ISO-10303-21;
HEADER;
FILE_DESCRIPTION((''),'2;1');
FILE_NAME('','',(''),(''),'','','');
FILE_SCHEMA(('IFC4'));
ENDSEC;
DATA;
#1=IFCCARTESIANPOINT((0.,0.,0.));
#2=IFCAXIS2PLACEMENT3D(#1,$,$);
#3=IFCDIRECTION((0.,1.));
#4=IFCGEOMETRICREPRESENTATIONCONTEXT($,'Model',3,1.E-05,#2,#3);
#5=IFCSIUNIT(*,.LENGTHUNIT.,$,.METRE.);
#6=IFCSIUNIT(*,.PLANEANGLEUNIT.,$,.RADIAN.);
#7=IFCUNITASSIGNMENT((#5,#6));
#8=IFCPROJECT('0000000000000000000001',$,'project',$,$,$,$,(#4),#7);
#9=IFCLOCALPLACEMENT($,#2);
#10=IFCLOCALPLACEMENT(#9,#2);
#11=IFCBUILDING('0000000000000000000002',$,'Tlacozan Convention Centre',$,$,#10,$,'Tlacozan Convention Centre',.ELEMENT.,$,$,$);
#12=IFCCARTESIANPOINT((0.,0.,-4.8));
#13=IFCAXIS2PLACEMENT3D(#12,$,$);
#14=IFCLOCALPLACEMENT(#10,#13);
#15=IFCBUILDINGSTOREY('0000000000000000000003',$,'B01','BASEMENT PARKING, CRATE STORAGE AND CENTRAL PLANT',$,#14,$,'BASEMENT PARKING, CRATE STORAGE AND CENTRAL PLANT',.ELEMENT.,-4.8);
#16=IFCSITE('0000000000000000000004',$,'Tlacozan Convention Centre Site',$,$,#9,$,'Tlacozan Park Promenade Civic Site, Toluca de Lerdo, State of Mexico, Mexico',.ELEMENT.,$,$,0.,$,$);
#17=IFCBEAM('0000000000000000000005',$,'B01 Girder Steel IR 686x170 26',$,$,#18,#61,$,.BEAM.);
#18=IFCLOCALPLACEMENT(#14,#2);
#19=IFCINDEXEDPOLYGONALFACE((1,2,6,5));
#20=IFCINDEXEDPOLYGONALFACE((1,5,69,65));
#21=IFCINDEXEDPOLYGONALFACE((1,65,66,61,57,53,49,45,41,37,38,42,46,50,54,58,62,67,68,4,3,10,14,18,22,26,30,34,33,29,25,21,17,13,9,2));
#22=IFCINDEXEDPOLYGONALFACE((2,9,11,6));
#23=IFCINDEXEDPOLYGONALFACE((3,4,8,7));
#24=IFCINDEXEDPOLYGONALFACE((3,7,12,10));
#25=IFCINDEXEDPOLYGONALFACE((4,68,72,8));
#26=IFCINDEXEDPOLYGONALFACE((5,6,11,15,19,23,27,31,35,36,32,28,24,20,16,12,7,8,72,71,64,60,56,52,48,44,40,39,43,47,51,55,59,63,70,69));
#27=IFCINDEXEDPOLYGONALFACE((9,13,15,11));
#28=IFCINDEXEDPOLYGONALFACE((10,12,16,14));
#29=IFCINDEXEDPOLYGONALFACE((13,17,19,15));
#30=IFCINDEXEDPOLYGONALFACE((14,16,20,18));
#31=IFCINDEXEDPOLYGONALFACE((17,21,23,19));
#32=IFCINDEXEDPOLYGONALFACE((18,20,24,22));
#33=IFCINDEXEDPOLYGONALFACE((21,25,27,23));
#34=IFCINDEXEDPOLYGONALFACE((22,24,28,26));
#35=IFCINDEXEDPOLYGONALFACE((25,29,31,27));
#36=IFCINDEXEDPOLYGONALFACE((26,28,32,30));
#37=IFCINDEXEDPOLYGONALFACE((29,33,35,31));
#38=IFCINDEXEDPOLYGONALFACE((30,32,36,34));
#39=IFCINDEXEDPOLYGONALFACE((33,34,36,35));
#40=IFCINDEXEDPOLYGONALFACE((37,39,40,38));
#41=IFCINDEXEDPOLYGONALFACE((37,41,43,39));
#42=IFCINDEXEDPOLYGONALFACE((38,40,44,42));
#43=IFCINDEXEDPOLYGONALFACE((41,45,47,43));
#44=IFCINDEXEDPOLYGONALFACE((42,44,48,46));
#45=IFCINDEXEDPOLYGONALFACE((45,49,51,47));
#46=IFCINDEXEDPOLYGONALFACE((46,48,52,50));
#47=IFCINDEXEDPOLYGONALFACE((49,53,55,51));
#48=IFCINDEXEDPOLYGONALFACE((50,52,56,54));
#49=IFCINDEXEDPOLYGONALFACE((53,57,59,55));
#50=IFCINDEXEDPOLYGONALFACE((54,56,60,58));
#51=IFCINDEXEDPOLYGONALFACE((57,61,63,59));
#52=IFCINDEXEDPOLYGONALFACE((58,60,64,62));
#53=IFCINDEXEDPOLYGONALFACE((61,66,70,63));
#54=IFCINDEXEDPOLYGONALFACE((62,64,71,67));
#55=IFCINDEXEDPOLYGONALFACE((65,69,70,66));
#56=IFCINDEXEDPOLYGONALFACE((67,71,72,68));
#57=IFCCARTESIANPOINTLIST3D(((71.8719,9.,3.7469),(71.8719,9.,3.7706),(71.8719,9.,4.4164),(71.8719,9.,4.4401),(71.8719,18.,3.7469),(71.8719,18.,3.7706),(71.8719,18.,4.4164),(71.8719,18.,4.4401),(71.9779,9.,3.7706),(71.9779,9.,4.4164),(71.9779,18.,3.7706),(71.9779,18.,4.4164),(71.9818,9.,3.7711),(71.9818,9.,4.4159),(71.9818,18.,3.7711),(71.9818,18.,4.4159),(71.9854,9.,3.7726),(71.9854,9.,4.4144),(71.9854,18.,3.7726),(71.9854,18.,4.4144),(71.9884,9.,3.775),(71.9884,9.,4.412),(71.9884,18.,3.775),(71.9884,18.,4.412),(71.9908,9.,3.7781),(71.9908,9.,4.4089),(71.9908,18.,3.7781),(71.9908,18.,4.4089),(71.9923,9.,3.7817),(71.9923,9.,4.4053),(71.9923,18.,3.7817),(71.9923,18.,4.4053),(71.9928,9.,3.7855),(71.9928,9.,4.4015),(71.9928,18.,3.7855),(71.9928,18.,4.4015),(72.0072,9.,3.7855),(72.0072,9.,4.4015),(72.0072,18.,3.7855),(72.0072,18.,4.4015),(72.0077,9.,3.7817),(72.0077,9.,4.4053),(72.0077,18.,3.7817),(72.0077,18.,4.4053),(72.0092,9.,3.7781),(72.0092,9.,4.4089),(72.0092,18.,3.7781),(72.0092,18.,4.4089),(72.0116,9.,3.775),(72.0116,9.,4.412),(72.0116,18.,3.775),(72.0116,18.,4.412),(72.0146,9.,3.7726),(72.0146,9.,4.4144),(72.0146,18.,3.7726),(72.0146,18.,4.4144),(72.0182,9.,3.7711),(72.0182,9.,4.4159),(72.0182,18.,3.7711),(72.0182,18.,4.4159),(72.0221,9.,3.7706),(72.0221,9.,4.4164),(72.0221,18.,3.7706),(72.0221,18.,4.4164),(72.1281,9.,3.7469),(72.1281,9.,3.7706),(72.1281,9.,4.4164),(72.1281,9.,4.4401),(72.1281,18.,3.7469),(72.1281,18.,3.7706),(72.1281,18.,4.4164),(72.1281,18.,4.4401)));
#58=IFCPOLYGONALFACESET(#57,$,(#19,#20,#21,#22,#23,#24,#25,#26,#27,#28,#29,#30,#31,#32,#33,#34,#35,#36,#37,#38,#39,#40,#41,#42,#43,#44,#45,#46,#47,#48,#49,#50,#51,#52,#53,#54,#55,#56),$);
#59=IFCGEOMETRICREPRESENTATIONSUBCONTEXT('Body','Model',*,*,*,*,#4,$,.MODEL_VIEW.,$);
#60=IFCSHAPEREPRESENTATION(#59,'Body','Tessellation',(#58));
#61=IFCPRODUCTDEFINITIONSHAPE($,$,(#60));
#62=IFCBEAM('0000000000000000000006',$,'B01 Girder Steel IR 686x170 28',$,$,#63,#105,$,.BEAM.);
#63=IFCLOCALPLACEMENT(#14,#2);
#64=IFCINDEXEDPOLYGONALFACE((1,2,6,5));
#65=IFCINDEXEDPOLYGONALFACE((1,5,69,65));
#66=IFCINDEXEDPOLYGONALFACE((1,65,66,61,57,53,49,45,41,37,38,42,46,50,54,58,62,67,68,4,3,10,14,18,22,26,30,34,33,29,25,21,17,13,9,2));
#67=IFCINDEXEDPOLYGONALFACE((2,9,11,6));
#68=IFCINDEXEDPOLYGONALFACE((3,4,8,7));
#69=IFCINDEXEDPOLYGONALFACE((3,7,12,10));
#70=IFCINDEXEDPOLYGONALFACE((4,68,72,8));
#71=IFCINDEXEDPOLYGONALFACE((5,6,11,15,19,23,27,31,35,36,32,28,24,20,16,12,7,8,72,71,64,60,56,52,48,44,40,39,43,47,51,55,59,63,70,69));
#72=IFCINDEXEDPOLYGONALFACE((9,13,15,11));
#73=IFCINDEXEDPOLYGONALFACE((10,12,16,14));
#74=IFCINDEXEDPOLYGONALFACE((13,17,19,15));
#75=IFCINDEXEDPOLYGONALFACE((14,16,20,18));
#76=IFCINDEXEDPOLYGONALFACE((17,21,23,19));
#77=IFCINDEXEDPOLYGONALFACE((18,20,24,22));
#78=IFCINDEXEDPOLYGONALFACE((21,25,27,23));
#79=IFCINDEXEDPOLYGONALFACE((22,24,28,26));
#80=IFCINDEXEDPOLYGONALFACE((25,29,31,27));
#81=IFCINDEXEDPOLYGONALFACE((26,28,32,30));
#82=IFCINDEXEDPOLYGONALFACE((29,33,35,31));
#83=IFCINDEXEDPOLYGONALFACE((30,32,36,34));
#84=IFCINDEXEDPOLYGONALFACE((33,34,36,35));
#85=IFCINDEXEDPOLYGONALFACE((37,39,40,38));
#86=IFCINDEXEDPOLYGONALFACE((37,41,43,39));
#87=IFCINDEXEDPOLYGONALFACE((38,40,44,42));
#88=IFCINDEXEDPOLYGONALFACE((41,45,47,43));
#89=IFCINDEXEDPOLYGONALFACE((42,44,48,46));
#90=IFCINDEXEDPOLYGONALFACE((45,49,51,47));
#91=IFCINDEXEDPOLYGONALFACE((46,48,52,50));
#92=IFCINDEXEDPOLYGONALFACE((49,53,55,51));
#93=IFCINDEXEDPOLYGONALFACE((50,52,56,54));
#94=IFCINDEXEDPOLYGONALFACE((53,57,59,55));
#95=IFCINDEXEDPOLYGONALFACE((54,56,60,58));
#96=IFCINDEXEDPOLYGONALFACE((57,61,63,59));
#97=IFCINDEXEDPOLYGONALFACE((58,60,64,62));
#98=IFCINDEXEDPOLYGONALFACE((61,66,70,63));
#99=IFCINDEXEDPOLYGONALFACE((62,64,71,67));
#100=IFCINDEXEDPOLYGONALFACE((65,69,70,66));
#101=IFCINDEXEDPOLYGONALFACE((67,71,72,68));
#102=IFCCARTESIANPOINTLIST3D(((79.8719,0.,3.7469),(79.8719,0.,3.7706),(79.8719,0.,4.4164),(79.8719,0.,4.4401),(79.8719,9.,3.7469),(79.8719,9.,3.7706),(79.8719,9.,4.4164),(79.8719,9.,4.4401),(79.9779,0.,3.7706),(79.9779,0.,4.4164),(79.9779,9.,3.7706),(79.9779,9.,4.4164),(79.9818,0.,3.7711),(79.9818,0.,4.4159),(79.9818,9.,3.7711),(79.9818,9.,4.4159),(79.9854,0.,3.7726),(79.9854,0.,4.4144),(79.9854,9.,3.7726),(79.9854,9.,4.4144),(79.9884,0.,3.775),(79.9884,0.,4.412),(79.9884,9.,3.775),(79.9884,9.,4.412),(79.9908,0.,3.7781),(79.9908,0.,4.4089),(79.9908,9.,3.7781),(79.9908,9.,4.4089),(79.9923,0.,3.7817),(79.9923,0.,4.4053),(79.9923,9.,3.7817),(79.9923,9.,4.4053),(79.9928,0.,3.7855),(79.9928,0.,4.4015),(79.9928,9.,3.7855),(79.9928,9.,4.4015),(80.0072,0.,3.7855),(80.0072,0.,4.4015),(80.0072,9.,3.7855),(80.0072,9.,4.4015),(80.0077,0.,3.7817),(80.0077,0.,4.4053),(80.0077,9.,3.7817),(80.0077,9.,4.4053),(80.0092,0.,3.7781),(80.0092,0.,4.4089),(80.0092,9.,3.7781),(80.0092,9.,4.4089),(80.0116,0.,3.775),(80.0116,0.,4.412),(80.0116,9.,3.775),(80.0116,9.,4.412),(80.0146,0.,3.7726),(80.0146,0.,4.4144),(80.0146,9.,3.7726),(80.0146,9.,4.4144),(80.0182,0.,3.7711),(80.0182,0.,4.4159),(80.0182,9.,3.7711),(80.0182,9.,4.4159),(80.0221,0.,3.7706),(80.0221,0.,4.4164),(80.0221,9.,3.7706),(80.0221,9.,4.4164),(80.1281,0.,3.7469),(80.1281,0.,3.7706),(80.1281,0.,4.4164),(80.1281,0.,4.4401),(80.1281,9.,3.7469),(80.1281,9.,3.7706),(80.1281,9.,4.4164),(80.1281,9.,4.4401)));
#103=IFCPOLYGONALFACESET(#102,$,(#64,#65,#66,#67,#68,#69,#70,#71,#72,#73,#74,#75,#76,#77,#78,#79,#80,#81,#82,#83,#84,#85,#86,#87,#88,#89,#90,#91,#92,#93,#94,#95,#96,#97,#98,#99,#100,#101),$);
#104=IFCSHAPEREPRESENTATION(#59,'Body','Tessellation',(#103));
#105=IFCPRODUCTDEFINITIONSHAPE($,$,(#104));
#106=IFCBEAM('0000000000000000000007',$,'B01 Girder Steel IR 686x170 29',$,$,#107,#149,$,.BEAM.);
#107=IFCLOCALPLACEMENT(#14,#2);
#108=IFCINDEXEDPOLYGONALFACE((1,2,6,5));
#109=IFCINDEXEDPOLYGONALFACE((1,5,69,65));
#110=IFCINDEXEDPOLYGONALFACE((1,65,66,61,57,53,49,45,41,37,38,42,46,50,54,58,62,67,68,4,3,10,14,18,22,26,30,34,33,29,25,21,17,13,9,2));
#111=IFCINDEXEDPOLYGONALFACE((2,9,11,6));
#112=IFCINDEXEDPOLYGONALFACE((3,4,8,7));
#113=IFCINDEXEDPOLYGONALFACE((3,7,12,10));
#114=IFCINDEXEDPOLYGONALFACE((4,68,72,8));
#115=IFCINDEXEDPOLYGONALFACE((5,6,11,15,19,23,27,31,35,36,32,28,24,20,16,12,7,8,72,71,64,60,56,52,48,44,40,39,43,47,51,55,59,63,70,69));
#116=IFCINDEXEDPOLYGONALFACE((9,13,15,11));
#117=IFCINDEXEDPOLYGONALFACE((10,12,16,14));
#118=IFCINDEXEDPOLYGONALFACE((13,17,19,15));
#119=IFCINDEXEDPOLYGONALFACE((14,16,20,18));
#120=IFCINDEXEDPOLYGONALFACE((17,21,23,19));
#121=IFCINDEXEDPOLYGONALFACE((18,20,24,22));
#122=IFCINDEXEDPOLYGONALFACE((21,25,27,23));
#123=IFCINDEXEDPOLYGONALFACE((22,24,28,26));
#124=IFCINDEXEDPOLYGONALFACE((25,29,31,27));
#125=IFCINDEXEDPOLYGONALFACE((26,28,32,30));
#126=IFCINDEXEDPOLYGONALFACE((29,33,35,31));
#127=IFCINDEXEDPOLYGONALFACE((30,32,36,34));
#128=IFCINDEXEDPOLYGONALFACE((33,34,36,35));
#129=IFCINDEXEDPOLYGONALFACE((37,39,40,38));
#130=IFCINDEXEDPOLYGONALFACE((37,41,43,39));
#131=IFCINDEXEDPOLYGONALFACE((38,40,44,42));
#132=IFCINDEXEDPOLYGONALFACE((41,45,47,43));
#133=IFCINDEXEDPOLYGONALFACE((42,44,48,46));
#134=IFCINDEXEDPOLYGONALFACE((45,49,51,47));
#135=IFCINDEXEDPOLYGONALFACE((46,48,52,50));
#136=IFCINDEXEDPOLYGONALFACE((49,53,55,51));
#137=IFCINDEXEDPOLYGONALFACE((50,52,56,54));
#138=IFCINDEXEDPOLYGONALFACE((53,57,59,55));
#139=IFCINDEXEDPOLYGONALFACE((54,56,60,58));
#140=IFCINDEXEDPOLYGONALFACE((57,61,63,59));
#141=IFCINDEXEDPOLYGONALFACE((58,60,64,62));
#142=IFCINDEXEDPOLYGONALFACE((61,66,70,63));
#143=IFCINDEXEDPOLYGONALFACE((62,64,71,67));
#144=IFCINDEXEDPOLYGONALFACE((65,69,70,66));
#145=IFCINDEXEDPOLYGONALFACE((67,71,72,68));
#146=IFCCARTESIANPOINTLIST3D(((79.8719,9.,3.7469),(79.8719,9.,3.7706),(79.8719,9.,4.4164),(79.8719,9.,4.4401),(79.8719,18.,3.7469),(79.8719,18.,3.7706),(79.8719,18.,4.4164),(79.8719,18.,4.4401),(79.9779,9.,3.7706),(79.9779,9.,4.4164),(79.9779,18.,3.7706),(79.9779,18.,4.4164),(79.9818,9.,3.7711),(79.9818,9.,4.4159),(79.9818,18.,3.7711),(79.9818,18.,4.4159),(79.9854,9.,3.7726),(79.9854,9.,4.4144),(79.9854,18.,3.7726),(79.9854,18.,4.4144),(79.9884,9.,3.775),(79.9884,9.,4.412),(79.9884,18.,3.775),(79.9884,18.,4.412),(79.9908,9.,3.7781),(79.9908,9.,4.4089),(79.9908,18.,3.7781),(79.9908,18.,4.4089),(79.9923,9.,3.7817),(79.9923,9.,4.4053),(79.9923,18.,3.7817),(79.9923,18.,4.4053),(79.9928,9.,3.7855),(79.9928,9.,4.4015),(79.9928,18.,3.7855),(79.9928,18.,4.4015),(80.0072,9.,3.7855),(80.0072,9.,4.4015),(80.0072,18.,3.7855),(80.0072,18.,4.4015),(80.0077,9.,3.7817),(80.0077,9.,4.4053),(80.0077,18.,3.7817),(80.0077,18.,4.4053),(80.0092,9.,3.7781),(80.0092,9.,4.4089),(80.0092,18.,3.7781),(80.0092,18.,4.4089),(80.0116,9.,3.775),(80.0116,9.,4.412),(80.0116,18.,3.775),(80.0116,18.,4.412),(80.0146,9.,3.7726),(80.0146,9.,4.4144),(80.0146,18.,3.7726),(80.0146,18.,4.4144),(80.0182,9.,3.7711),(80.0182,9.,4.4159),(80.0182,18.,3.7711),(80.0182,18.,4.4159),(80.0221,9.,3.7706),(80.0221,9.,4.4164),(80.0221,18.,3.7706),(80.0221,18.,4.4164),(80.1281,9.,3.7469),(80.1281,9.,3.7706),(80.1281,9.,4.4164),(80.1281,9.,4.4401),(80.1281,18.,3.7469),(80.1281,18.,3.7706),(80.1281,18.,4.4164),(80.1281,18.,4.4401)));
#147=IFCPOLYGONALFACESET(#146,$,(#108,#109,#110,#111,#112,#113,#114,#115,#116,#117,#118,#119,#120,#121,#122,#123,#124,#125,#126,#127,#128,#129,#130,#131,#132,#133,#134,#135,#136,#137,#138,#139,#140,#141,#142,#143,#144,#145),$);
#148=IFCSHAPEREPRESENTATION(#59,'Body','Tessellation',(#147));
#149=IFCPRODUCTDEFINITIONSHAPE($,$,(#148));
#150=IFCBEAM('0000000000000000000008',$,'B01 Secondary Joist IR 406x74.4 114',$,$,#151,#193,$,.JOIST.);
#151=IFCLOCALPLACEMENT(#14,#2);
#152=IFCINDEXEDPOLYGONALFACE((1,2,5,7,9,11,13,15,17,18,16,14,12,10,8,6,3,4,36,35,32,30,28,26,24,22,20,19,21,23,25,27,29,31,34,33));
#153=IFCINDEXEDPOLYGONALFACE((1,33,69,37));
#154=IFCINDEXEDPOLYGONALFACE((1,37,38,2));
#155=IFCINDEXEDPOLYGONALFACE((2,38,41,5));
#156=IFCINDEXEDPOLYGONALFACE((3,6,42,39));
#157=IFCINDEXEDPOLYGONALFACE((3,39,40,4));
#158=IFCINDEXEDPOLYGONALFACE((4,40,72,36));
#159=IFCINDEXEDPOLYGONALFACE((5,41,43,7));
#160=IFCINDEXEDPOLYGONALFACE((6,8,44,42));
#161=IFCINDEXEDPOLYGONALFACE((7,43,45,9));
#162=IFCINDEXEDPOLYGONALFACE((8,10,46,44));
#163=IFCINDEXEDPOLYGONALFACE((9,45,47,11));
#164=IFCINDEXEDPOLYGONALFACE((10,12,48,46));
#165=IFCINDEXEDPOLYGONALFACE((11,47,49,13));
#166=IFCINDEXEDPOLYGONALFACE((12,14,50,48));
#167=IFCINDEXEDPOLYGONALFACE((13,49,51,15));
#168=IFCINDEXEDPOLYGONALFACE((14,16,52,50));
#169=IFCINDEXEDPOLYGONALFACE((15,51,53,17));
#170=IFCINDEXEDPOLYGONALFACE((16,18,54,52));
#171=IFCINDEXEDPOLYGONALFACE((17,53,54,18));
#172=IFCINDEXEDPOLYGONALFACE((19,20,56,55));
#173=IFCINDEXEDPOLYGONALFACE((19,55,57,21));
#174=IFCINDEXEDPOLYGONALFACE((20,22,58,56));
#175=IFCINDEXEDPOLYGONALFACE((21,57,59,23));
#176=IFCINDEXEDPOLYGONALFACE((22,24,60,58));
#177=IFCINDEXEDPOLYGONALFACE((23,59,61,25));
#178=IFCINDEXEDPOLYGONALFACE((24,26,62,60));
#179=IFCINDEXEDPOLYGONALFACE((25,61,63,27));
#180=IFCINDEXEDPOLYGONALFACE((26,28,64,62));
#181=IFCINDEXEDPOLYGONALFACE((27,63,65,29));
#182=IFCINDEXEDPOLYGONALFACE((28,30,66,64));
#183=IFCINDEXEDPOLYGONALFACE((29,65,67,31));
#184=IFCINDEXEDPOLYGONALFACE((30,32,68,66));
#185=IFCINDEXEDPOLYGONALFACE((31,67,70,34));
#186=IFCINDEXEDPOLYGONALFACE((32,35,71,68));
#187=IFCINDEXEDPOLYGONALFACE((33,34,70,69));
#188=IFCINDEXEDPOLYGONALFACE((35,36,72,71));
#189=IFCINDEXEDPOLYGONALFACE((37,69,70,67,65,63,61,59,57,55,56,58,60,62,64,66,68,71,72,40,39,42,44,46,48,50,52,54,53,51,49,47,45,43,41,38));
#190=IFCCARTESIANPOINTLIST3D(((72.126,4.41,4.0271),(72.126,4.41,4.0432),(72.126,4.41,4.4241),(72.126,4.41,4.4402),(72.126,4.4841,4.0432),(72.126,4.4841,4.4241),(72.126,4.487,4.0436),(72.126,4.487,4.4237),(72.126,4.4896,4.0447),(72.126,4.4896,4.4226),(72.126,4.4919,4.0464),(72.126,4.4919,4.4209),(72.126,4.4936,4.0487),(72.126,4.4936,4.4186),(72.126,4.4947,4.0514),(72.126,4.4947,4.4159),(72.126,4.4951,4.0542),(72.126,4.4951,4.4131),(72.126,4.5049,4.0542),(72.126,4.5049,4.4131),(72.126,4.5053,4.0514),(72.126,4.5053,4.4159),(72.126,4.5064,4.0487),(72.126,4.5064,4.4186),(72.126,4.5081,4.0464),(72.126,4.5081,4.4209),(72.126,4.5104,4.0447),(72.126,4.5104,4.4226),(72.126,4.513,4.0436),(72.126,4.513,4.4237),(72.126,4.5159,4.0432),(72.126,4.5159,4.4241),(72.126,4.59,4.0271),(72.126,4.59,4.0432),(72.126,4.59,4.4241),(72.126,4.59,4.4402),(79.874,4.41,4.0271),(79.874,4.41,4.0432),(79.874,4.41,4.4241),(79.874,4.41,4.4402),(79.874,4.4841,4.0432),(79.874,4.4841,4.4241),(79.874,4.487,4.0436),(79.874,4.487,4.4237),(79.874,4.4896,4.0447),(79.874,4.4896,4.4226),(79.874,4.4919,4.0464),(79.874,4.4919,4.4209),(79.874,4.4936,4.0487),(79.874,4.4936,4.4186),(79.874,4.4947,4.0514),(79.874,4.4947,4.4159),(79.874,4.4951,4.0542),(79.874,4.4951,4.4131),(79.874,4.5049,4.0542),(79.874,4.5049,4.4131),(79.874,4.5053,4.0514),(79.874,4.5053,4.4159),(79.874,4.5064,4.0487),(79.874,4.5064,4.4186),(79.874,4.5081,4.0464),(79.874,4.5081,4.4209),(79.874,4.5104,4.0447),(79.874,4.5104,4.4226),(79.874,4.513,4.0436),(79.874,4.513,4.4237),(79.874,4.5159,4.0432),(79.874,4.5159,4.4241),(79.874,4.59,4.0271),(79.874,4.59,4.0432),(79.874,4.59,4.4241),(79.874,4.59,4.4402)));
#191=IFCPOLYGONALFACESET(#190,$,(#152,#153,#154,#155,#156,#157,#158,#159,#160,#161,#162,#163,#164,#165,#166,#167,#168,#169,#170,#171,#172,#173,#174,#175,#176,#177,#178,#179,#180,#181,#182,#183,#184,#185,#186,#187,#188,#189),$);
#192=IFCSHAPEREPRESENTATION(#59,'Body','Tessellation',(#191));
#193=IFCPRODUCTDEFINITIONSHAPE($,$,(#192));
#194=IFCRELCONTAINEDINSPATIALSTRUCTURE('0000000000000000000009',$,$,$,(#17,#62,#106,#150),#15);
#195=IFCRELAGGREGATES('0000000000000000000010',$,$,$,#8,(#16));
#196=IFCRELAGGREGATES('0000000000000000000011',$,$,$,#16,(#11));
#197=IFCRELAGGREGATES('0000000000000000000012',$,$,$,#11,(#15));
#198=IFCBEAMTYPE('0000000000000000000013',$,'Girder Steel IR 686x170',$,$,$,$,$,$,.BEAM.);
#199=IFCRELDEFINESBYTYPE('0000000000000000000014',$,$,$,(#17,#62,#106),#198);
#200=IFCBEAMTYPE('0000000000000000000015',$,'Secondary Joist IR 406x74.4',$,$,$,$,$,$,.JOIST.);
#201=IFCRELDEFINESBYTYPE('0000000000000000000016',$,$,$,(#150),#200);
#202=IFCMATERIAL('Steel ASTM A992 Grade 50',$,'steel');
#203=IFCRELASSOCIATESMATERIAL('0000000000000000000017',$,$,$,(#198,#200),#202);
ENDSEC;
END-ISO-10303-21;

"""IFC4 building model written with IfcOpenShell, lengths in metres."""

from ifc_helpers import new_model, si_unit, direction, frame, origin, origin_2d, place, context, subcontext, project, spatial, i_section, extrude, material, material_profile, profile_set, type_object, element, save


model = new_model("IFC4")

# Units and contexts
model_context = context("Model", 3, precision=1e-05, world=origin(), true_north=direction((0.0, 1.0)))
body_context = subcontext(model_context, "Body", "Model", "MODEL_VIEW")
ifc_project = project(units=[si_unit("LENGTHUNIT", "METRE"), si_unit("PLANEANGLEUNIT", "RADIAN")], contexts=[model_context])

# Site, building, storey
site_placement = place(None, origin())
site = spatial("IfcSite", under=ifc_project, at=site_placement, Name="Tlacozan Convention Centre Site", LongName="Tlacozan Park Promenade Civic Site, Toluca de Lerdo, State of Mexico, Mexico", CompositionType="ELEMENT", RefElevation=0.0)
building_placement = place(site_placement, origin())
building = spatial("IfcBuilding", under=site, at=building_placement, Name="Tlacozan Convention Centre", LongName="Tlacozan Convention Centre", CompositionType="ELEMENT")
storey_placement = place(building_placement, frame((0.0, 0.0, -4.8)))
storey = spatial("IfcBuildingStorey", under=building, at=storey_placement, Name="B01", Description="BASEMENT PARKING, CRATE STORAGE AND CENTRAL PLANT", LongName="BASEMENT PARKING, CRATE STORAGE AND CENTRAL PLANT", CompositionType="ELEMENT", Elevation=-4.8)

# Beams
ifc_material_1 = material(Name="Steel ASTM A992 Grade 50", Category="steel")
ifc_material_profile_1 = material_profile(ifc_material_1, i_section(OverallWidth=0.2561, OverallDepth=0.6931, WebThickness=0.0144, FlangeThickness=0.0237, FilletRadius=0.0149, at=origin_2d()), Name="IR 686x170.0")
ifc_profile_set_1 = profile_set([ifc_material_profile_1], Name="Steel ASTM A992 Grade 50")
beam_type_1 = type_object("IfcBeamType", Name="Girder Steel IR 686x170", PredefinedType="BEAM", material=ifc_profile_set_1)
for number, where, z_axis, x_axis, name in (
    (1, (72.0, 9.0, 4.0935), (0.0, 1.0, 0.0), (-1.0, 0.0, 0.0), "B01 Girder Steel IR 686x170 26"),
    (2, (80.0, 0.0, 4.0935), (0.0, 1.0, 0.0), (-1.0, 0.0, 0.0), "B01 Girder Steel IR 686x170 28"),
    (3, (80.0, 9.0, 4.0935), (0.0, 1.0, 0.0), (-1.0, 0.0, 0.0), "B01 Girder Steel IR 686x170 29"),
):
    element("IfcBeam", number, at=place(storey_placement, frame(where, z_axis=z_axis, x_axis=x_axis)), inside=storey, type_object=beam_type_1, Name=name, PredefinedType="BEAM", context=body_context, shape_type="SweptSolid", body=[
        extrude(i_section(OverallWidth=0.2561, OverallDepth=0.6931, WebThickness=0.0144, FlangeThickness=0.0237, FilletRadius=0.0149, at=origin_2d()), origin(), (0.0, 0.0, 1.0), 9.0),
    ])
ifc_material_profile_2 = material_profile(ifc_material_1, i_section(OverallWidth=0.1799, OverallDepth=0.4131, WebThickness=0.0098, FlangeThickness=0.0161, FilletRadius=0.011, at=origin_2d()), Name="IR 406x74.4")
ifc_profile_set_2 = profile_set([ifc_material_profile_2], Name="Steel ASTM A992 Grade 50")
beam_type_2 = type_object("IfcBeamType", Name="Secondary Joist IR 406x74.4", PredefinedType="JOIST", material=ifc_profile_set_2)
for number, where, z_axis, x_axis, name in (
    (4, (72.126, 4.5, 4.2336), (1.0, 0.0, 0.0), (0.0, 1.0, 0.0), "B01 Secondary Joist IR 406x74.4 114"),
):
    element("IfcBeam", number, at=place(storey_placement, frame(where, z_axis=z_axis, x_axis=x_axis)), inside=storey, type_object=beam_type_2, Name=name, PredefinedType="JOIST", context=body_context, shape_type="SweptSolid", body=[
        extrude(i_section(OverallWidth=0.1799, OverallDepth=0.4131, WebThickness=0.0098, FlangeThickness=0.0161, FilletRadius=0.011, at=origin_2d()), origin(), (0.0, 0.0, 1.0), 7.748),
    ])

save(model, "model.ifc")
